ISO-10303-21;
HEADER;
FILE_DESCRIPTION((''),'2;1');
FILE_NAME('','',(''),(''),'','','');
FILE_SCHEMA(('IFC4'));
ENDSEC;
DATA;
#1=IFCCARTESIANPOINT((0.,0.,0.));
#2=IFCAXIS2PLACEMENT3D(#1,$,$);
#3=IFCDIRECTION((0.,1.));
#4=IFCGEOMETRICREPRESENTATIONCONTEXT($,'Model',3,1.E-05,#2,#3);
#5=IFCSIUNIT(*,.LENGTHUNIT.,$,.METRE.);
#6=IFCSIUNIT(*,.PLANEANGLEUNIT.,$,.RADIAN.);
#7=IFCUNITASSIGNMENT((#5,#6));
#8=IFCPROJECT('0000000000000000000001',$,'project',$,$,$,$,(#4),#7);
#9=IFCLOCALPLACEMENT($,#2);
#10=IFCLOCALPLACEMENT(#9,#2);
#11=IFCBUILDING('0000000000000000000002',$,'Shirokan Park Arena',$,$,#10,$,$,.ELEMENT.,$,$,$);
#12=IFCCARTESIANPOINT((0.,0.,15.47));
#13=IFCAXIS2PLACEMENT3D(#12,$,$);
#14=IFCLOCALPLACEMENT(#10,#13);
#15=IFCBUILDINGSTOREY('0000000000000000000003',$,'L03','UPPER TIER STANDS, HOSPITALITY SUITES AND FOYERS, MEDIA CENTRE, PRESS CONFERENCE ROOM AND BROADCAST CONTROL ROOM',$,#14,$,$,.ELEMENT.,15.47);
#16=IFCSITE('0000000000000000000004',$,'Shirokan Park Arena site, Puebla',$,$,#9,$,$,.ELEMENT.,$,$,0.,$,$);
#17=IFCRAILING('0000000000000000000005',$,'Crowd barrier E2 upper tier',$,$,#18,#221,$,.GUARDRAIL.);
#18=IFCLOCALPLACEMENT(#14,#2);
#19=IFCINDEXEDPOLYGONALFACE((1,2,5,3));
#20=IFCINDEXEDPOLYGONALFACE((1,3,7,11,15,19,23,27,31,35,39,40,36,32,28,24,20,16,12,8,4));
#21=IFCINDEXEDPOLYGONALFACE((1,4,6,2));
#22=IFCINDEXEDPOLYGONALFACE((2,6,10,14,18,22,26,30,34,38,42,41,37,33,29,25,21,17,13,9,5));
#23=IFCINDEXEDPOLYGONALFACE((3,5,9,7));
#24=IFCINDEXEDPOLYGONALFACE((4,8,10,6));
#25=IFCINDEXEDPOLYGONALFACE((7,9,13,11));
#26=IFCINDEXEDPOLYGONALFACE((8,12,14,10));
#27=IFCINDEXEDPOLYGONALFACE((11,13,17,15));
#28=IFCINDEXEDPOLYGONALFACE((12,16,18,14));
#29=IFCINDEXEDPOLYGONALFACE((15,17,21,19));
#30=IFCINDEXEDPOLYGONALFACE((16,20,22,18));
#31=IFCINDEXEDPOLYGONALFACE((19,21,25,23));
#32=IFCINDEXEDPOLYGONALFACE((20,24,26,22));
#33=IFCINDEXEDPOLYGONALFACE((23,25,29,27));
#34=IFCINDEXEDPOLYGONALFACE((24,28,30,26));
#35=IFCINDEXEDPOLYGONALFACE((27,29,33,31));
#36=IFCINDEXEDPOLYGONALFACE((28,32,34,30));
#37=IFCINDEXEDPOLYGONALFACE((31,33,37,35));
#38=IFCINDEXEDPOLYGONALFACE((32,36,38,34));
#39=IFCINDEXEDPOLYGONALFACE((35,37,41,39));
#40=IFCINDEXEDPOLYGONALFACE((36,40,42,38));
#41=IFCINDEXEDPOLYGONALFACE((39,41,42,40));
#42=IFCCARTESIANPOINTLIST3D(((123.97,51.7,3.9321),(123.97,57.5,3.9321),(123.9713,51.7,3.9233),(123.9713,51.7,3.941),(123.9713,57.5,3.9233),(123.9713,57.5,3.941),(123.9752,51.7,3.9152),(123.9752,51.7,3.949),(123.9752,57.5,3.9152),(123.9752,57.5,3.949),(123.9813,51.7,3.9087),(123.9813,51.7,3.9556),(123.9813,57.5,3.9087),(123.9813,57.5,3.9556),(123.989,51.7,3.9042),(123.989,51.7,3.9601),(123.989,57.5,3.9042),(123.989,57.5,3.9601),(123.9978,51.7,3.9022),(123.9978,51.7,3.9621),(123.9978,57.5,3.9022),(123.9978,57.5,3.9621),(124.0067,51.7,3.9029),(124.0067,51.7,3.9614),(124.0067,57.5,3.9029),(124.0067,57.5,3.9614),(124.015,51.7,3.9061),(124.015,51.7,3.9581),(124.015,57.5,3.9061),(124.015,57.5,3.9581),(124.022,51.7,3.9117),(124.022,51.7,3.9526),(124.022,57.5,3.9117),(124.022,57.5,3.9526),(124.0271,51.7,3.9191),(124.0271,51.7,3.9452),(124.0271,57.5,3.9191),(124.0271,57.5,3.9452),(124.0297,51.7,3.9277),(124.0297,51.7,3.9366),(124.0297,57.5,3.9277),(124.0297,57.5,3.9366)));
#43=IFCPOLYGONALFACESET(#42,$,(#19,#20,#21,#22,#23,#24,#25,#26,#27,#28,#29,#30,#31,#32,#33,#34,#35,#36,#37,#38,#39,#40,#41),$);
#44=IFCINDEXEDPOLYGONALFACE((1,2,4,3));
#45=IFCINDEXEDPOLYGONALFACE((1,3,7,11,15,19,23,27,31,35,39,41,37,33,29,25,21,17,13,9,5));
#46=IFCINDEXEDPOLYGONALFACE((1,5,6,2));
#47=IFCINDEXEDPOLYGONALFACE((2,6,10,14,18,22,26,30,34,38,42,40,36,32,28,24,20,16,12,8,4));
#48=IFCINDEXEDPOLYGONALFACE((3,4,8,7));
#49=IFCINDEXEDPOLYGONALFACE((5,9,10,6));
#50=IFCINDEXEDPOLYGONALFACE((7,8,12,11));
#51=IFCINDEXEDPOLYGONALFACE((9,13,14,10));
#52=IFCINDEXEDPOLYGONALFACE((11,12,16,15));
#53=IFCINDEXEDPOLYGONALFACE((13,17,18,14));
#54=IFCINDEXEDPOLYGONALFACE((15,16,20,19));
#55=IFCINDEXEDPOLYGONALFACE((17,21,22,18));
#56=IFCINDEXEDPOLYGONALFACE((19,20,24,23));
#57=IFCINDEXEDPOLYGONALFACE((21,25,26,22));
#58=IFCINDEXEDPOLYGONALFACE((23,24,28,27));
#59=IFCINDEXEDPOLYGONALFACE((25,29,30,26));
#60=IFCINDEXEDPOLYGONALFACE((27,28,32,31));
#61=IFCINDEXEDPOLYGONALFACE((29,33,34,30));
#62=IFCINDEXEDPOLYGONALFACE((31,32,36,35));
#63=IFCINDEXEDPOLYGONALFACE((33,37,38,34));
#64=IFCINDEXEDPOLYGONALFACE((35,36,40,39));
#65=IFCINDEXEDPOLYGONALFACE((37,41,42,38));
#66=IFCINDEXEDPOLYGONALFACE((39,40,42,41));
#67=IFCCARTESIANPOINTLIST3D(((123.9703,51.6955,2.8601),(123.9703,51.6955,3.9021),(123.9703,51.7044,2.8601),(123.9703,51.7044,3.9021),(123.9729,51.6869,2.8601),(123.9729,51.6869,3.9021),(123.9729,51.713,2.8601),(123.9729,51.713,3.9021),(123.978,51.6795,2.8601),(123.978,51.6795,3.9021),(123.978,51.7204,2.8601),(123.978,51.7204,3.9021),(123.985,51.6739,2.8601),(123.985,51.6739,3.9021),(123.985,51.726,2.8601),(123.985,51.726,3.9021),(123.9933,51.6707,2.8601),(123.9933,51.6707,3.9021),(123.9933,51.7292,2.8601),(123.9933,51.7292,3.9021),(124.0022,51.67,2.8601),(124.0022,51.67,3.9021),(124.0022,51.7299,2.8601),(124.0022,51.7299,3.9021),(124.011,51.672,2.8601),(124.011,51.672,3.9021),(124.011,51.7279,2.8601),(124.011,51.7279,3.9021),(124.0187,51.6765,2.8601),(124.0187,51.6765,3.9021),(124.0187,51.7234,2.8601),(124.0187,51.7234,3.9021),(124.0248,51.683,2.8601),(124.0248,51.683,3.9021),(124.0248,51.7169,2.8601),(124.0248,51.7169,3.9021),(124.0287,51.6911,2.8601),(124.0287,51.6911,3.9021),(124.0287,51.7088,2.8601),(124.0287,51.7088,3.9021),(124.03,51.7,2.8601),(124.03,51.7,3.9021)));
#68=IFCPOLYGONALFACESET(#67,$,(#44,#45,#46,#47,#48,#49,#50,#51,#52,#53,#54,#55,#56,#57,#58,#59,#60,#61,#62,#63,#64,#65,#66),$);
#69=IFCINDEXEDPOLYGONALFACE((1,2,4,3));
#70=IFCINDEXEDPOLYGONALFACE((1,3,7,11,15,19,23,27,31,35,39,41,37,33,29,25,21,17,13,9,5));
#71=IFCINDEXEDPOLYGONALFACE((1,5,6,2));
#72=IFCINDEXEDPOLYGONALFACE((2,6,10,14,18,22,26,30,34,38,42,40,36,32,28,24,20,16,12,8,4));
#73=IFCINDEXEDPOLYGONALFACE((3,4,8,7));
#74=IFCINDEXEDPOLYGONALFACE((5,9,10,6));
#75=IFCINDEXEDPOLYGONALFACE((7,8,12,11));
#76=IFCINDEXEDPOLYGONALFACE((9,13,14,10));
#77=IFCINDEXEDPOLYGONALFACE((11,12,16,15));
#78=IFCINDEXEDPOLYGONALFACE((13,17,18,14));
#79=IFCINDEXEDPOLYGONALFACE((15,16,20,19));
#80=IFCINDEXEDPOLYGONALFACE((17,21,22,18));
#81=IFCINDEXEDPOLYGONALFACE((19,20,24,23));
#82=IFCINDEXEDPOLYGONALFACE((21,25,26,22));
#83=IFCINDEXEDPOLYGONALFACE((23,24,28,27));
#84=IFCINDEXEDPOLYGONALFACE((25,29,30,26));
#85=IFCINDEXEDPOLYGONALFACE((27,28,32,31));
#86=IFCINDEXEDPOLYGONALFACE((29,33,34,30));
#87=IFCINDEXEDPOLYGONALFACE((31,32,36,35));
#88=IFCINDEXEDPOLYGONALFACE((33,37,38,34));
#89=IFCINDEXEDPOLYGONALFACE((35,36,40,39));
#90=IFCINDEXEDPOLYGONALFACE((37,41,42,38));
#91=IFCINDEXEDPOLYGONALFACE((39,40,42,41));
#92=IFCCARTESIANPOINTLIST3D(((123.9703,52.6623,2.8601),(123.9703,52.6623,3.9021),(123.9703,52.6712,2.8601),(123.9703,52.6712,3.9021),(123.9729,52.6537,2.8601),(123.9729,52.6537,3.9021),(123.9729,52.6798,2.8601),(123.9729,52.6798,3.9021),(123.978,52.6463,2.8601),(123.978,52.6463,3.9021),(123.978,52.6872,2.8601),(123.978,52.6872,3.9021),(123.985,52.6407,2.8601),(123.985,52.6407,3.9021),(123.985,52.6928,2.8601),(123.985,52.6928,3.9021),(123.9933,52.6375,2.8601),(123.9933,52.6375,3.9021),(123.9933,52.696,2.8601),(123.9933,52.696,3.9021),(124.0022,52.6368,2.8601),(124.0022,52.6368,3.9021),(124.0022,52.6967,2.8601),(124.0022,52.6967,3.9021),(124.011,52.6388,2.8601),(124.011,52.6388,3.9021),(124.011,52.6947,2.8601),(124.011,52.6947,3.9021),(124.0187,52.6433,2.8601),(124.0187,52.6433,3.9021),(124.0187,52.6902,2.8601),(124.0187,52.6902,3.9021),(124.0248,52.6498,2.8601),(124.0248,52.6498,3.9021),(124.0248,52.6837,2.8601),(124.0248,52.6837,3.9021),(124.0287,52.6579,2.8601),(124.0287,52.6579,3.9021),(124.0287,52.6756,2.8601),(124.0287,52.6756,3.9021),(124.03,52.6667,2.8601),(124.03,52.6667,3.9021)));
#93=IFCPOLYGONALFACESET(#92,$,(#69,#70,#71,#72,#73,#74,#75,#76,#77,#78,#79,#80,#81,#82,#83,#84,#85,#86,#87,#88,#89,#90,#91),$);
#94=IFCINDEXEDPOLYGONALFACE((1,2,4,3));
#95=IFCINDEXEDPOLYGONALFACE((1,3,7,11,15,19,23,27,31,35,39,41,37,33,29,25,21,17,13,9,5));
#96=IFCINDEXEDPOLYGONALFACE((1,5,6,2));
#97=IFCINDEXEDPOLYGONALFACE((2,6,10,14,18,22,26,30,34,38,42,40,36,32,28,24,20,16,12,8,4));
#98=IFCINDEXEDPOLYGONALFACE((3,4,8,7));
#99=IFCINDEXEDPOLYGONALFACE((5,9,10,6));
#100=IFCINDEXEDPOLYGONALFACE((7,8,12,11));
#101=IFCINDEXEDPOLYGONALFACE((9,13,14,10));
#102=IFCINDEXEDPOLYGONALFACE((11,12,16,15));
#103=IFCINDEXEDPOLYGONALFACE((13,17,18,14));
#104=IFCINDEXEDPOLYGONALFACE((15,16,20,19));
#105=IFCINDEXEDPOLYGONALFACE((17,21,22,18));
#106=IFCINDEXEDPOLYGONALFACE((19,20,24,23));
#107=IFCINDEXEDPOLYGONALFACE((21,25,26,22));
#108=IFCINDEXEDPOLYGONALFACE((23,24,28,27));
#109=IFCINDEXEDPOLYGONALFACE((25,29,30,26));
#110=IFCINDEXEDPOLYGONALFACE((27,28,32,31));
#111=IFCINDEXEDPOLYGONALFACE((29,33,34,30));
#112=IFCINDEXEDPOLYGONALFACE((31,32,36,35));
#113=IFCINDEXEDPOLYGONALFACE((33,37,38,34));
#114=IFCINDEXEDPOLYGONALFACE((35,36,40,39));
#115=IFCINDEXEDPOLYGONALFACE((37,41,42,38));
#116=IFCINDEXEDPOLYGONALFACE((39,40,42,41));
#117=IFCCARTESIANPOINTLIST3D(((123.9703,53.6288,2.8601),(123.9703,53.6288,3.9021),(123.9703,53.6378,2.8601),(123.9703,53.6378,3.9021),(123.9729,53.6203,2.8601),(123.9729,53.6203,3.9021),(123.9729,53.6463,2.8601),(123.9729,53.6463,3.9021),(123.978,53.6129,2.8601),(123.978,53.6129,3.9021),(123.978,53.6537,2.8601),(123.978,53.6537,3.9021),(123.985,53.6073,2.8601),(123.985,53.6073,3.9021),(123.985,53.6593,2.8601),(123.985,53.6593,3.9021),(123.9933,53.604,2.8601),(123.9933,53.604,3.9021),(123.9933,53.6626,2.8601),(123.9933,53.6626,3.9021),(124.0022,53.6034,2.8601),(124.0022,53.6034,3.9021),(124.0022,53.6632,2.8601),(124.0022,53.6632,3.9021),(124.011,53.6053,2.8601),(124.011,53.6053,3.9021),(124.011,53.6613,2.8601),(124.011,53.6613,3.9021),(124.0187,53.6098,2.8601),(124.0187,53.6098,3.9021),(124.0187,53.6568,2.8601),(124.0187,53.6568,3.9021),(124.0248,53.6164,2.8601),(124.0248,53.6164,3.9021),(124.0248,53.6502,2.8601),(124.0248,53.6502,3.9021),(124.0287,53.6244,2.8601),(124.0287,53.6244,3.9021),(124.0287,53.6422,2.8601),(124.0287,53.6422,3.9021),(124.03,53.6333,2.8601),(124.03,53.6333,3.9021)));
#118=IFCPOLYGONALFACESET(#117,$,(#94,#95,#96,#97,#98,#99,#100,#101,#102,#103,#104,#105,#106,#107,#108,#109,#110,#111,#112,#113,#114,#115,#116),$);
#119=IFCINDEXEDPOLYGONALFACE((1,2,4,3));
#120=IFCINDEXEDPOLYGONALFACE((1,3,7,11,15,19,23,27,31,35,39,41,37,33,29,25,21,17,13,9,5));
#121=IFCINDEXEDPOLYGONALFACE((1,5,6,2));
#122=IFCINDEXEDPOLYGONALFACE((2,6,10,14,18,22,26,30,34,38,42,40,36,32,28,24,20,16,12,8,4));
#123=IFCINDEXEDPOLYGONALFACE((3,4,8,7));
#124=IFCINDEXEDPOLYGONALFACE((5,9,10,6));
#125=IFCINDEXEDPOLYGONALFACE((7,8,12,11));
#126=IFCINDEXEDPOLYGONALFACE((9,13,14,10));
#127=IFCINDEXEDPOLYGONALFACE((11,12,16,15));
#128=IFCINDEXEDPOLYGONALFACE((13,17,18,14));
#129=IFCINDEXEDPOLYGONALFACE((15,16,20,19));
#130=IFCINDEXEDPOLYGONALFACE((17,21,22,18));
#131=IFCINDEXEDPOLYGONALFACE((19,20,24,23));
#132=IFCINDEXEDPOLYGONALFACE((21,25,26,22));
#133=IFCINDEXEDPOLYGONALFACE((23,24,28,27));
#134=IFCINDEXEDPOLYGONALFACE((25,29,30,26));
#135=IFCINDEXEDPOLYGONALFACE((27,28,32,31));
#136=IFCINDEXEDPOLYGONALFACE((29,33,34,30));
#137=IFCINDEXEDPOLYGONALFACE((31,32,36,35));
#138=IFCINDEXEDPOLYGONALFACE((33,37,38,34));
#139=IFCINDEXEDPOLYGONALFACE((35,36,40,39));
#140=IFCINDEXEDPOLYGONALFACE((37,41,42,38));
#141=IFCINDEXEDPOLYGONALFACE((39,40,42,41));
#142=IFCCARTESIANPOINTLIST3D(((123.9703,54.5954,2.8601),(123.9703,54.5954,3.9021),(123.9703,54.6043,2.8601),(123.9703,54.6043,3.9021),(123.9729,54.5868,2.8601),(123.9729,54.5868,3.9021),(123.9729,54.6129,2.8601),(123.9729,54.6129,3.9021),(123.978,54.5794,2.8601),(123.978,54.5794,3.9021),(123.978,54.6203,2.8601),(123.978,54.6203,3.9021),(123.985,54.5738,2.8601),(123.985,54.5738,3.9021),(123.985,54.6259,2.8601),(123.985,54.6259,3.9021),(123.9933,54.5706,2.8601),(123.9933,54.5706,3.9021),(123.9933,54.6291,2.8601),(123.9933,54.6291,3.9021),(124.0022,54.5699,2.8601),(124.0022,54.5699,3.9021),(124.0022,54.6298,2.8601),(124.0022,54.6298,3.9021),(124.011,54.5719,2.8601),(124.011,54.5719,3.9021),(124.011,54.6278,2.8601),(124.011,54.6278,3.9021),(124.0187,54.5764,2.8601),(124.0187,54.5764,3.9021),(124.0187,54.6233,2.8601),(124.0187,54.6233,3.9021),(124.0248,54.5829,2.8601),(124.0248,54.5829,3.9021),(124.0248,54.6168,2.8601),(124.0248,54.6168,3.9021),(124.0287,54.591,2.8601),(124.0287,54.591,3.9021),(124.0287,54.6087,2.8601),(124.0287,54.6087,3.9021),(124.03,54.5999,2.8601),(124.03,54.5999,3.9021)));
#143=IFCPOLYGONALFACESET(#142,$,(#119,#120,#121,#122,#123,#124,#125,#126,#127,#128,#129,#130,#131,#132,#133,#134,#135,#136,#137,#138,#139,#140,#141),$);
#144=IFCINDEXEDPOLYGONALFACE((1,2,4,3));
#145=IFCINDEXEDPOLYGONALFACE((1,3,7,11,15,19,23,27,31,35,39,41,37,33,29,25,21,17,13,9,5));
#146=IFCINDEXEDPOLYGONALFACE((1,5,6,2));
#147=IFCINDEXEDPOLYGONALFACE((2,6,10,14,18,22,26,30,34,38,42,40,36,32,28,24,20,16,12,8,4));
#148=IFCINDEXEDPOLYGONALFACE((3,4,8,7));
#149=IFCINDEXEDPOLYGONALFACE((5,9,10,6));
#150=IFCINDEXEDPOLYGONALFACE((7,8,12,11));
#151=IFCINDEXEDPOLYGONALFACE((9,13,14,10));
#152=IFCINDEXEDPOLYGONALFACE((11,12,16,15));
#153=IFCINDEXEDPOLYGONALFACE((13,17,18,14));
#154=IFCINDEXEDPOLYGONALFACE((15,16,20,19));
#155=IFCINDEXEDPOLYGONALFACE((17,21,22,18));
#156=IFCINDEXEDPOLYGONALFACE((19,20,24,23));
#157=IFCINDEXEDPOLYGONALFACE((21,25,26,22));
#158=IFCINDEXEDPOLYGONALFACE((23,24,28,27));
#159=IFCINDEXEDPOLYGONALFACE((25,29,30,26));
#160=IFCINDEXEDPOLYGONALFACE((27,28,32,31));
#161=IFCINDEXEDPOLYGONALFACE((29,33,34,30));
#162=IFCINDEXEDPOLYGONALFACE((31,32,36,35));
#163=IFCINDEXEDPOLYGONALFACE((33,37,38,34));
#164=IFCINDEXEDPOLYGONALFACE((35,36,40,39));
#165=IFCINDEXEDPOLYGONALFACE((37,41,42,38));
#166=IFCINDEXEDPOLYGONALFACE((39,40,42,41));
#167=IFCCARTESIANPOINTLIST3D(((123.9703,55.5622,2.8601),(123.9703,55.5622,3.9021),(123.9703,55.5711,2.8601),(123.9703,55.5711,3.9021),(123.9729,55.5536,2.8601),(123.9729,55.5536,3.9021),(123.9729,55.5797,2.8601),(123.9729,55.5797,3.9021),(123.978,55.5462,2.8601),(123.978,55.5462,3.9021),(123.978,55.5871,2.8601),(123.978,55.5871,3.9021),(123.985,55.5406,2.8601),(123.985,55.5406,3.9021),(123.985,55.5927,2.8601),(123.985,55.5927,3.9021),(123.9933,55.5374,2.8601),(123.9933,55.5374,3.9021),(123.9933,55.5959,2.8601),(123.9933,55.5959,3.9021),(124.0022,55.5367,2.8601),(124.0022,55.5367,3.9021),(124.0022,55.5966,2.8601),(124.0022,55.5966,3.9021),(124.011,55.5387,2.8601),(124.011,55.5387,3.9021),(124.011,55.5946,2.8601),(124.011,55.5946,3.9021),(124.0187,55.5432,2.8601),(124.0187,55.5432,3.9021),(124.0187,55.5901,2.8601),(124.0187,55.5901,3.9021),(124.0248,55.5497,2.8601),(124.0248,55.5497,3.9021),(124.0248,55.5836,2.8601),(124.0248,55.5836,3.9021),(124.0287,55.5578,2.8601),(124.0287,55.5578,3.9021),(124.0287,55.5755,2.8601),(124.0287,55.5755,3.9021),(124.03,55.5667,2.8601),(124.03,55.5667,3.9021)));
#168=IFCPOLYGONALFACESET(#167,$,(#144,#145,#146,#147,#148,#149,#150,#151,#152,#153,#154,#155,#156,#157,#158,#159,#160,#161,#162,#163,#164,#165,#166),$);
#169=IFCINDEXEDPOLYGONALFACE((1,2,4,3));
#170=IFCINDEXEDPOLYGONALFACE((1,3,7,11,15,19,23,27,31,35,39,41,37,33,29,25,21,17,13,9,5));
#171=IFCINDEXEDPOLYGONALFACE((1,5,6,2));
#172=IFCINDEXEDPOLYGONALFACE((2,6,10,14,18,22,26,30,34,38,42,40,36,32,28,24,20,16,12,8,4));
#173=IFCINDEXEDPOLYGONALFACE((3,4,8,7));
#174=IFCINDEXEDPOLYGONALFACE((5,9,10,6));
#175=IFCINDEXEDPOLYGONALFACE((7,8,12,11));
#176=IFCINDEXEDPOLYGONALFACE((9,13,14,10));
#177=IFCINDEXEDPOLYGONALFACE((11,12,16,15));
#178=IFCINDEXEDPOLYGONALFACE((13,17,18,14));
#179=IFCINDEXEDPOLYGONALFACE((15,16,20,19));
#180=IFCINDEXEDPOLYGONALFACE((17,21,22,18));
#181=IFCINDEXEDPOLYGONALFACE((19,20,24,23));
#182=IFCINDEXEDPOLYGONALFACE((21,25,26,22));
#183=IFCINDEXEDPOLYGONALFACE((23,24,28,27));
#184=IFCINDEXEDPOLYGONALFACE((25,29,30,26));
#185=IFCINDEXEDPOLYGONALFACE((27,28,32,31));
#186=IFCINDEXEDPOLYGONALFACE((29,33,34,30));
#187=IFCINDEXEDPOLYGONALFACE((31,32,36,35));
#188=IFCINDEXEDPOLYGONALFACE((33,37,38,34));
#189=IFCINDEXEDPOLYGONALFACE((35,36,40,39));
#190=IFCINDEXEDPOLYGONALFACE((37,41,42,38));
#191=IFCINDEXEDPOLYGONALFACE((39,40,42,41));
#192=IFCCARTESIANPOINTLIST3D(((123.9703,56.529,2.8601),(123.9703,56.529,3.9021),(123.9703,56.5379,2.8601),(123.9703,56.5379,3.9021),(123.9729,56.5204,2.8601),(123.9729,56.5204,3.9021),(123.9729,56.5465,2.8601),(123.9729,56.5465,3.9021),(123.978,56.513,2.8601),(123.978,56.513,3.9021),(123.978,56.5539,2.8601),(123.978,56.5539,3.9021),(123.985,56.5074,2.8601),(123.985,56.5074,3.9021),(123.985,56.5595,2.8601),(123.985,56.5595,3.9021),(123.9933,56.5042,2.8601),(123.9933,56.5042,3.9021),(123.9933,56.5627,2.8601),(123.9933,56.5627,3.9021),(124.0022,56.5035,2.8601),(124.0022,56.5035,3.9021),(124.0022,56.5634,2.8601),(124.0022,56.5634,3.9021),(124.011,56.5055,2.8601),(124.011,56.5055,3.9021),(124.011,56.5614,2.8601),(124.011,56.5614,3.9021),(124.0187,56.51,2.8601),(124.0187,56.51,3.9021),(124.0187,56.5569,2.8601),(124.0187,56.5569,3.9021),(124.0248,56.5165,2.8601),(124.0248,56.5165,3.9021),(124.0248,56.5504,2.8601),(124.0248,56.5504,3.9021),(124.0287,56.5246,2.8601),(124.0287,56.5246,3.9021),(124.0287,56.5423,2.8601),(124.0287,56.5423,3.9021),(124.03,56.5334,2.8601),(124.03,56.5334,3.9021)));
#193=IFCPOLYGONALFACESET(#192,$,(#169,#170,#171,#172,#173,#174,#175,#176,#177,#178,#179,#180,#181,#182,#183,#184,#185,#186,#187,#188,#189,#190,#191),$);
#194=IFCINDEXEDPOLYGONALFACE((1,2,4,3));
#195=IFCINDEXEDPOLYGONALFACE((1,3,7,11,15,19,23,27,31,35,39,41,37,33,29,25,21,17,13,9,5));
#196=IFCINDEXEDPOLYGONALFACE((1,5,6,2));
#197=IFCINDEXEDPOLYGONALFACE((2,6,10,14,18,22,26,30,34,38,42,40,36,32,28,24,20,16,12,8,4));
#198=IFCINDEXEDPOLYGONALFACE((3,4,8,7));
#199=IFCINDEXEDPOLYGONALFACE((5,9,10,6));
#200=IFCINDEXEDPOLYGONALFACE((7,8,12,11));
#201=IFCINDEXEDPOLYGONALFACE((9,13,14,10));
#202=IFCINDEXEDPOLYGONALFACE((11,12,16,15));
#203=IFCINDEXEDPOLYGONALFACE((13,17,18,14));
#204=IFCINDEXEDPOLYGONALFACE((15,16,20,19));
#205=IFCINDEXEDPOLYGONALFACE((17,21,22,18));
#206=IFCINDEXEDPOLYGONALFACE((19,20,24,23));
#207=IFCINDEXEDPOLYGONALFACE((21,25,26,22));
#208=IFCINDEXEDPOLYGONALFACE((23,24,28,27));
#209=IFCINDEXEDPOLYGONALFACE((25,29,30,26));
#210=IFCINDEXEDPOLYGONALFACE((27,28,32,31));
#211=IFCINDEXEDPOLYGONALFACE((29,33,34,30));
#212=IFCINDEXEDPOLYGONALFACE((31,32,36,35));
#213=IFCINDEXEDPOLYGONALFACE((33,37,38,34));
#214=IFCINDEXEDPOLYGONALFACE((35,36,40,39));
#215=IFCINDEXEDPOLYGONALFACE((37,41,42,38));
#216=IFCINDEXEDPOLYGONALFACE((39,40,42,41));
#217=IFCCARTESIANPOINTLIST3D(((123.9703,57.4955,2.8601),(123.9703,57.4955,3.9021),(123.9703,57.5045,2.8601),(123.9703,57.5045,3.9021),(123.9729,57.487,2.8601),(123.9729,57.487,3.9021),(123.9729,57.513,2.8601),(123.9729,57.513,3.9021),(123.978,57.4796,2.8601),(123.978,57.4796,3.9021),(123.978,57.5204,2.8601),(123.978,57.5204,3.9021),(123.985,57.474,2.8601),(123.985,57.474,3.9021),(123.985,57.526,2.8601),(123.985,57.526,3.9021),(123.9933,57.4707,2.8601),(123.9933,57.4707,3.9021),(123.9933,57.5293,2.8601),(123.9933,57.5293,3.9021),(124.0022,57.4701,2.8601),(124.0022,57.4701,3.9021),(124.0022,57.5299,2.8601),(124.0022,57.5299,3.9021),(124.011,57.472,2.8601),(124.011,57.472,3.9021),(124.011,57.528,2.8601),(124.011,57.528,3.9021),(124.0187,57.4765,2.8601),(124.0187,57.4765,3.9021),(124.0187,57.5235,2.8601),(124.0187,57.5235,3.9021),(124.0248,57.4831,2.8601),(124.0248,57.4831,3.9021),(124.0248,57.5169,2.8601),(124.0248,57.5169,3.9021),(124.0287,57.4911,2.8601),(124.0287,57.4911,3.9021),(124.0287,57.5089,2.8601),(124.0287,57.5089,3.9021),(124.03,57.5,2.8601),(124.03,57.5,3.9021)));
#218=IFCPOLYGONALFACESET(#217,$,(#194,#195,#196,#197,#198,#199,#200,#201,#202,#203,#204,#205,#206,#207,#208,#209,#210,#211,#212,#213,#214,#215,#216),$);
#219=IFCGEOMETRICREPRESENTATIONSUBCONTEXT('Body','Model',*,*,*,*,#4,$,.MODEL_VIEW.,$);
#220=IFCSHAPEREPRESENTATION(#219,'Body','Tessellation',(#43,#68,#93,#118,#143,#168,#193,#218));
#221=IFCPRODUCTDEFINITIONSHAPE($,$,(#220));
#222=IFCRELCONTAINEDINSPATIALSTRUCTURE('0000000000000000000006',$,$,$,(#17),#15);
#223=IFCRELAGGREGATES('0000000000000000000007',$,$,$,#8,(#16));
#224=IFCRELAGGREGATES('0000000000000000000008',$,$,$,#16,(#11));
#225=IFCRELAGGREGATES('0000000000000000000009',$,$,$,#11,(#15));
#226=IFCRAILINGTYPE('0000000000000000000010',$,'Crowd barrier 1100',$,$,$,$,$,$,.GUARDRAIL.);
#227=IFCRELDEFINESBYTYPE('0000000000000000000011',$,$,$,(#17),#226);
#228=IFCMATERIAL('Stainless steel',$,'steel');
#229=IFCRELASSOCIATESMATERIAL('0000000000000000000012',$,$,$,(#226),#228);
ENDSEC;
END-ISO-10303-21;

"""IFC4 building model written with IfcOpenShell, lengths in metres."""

from ifc_helpers import new_model, si_unit, direction, frame, origin, origin_2d, place, context, subcontext, project, spatial, circle, extrude, material, type_object, element, save


model = new_model("IFC4")

# Units and contexts
model_context = context("Model", 3, precision=1e-05, world=origin(), true_north=direction((0.0, 1.0)))
body_context = subcontext(model_context, "Body", "Model", "MODEL_VIEW")
ifc_project = project(units=[si_unit("LENGTHUNIT", "METRE"), si_unit("PLANEANGLEUNIT", "RADIAN")], contexts=[model_context])

# Site, building, storey
site_placement = place(None, origin())
site = spatial("IfcSite", under=ifc_project, at=site_placement, Name="Shirokan Park Arena site, Puebla", CompositionType="ELEMENT", RefElevation=0.0)
building_placement = place(site_placement, origin())
building = spatial("IfcBuilding", under=site, at=building_placement, Name="Shirokan Park Arena", CompositionType="ELEMENT")
storey_placement = place(building_placement, frame((0.0, 0.0, 15.47)))
storey = spatial("IfcBuildingStorey", under=building, at=storey_placement, Name="L03", Description="UPPER TIER STANDS, HOSPITALITY SUITES AND FOYERS, MEDIA CENTRE, PRESS CONFERENCE ROOM AND BROADCAST CONTROL ROOM", CompositionType="ELEMENT", Elevation=15.47)

# Railing
ifc_material_1 = material(Name="Stainless steel", Category="steel")
railing_type_1 = type_object("IfcRailingType", Name="Crowd barrier 1100", PredefinedType="GUARDRAIL", material=ifc_material_1)
railing_1_placement = place(storey_placement, frame((124.0, 51.7, 2.8601)))
element("IfcRailing", 1, at=railing_1_placement, inside=storey, type_object=railing_type_1, Name="Crowd barrier E2 upper tier", PredefinedType="GUARDRAIL", context=body_context, shape_type="SweptSolid", body=[
    extrude(circle(Radius=0.03, at=origin_2d()), frame((0.0, 0.0, 1.072), z_axis=(0.0, 1.0, 0.0), x_axis=(-1.0, 0.0, 0.0)), (0.0, 0.0, 1.0), 5.8),
    extrude(circle(Radius=0.03, at=origin_2d()), origin(), (0.0, 0.0, 1.0), 1.042),
    extrude(circle(Radius=0.03, at=origin_2d()), frame((0.0, 0.9668, 0.0)), (0.0, 0.0, 1.0), 1.042),
    extrude(circle(Radius=0.03, at=origin_2d()), frame((0.0, 1.9333, 0.0)), (0.0, 0.0, 1.0), 1.042),
    extrude(circle(Radius=0.03, at=origin_2d()), frame((0.0, 2.8999, 0.0)), (0.0, 0.0, 1.0), 1.042),
    extrude(circle(Radius=0.03, at=origin_2d()), frame((0.0, 3.8667, 0.0)), (0.0, 0.0, 1.0), 1.042),
    extrude(circle(Radius=0.03, at=origin_2d()), frame((0.0, 4.8335, 0.0)), (0.0, 0.0, 1.0), 1.042),
    extrude(circle(Radius=0.03, at=origin_2d()), frame((0.0, 5.8, 0.0)), (0.0, 0.0, 1.0), 1.042),
])

save(model, "model.ifc")
